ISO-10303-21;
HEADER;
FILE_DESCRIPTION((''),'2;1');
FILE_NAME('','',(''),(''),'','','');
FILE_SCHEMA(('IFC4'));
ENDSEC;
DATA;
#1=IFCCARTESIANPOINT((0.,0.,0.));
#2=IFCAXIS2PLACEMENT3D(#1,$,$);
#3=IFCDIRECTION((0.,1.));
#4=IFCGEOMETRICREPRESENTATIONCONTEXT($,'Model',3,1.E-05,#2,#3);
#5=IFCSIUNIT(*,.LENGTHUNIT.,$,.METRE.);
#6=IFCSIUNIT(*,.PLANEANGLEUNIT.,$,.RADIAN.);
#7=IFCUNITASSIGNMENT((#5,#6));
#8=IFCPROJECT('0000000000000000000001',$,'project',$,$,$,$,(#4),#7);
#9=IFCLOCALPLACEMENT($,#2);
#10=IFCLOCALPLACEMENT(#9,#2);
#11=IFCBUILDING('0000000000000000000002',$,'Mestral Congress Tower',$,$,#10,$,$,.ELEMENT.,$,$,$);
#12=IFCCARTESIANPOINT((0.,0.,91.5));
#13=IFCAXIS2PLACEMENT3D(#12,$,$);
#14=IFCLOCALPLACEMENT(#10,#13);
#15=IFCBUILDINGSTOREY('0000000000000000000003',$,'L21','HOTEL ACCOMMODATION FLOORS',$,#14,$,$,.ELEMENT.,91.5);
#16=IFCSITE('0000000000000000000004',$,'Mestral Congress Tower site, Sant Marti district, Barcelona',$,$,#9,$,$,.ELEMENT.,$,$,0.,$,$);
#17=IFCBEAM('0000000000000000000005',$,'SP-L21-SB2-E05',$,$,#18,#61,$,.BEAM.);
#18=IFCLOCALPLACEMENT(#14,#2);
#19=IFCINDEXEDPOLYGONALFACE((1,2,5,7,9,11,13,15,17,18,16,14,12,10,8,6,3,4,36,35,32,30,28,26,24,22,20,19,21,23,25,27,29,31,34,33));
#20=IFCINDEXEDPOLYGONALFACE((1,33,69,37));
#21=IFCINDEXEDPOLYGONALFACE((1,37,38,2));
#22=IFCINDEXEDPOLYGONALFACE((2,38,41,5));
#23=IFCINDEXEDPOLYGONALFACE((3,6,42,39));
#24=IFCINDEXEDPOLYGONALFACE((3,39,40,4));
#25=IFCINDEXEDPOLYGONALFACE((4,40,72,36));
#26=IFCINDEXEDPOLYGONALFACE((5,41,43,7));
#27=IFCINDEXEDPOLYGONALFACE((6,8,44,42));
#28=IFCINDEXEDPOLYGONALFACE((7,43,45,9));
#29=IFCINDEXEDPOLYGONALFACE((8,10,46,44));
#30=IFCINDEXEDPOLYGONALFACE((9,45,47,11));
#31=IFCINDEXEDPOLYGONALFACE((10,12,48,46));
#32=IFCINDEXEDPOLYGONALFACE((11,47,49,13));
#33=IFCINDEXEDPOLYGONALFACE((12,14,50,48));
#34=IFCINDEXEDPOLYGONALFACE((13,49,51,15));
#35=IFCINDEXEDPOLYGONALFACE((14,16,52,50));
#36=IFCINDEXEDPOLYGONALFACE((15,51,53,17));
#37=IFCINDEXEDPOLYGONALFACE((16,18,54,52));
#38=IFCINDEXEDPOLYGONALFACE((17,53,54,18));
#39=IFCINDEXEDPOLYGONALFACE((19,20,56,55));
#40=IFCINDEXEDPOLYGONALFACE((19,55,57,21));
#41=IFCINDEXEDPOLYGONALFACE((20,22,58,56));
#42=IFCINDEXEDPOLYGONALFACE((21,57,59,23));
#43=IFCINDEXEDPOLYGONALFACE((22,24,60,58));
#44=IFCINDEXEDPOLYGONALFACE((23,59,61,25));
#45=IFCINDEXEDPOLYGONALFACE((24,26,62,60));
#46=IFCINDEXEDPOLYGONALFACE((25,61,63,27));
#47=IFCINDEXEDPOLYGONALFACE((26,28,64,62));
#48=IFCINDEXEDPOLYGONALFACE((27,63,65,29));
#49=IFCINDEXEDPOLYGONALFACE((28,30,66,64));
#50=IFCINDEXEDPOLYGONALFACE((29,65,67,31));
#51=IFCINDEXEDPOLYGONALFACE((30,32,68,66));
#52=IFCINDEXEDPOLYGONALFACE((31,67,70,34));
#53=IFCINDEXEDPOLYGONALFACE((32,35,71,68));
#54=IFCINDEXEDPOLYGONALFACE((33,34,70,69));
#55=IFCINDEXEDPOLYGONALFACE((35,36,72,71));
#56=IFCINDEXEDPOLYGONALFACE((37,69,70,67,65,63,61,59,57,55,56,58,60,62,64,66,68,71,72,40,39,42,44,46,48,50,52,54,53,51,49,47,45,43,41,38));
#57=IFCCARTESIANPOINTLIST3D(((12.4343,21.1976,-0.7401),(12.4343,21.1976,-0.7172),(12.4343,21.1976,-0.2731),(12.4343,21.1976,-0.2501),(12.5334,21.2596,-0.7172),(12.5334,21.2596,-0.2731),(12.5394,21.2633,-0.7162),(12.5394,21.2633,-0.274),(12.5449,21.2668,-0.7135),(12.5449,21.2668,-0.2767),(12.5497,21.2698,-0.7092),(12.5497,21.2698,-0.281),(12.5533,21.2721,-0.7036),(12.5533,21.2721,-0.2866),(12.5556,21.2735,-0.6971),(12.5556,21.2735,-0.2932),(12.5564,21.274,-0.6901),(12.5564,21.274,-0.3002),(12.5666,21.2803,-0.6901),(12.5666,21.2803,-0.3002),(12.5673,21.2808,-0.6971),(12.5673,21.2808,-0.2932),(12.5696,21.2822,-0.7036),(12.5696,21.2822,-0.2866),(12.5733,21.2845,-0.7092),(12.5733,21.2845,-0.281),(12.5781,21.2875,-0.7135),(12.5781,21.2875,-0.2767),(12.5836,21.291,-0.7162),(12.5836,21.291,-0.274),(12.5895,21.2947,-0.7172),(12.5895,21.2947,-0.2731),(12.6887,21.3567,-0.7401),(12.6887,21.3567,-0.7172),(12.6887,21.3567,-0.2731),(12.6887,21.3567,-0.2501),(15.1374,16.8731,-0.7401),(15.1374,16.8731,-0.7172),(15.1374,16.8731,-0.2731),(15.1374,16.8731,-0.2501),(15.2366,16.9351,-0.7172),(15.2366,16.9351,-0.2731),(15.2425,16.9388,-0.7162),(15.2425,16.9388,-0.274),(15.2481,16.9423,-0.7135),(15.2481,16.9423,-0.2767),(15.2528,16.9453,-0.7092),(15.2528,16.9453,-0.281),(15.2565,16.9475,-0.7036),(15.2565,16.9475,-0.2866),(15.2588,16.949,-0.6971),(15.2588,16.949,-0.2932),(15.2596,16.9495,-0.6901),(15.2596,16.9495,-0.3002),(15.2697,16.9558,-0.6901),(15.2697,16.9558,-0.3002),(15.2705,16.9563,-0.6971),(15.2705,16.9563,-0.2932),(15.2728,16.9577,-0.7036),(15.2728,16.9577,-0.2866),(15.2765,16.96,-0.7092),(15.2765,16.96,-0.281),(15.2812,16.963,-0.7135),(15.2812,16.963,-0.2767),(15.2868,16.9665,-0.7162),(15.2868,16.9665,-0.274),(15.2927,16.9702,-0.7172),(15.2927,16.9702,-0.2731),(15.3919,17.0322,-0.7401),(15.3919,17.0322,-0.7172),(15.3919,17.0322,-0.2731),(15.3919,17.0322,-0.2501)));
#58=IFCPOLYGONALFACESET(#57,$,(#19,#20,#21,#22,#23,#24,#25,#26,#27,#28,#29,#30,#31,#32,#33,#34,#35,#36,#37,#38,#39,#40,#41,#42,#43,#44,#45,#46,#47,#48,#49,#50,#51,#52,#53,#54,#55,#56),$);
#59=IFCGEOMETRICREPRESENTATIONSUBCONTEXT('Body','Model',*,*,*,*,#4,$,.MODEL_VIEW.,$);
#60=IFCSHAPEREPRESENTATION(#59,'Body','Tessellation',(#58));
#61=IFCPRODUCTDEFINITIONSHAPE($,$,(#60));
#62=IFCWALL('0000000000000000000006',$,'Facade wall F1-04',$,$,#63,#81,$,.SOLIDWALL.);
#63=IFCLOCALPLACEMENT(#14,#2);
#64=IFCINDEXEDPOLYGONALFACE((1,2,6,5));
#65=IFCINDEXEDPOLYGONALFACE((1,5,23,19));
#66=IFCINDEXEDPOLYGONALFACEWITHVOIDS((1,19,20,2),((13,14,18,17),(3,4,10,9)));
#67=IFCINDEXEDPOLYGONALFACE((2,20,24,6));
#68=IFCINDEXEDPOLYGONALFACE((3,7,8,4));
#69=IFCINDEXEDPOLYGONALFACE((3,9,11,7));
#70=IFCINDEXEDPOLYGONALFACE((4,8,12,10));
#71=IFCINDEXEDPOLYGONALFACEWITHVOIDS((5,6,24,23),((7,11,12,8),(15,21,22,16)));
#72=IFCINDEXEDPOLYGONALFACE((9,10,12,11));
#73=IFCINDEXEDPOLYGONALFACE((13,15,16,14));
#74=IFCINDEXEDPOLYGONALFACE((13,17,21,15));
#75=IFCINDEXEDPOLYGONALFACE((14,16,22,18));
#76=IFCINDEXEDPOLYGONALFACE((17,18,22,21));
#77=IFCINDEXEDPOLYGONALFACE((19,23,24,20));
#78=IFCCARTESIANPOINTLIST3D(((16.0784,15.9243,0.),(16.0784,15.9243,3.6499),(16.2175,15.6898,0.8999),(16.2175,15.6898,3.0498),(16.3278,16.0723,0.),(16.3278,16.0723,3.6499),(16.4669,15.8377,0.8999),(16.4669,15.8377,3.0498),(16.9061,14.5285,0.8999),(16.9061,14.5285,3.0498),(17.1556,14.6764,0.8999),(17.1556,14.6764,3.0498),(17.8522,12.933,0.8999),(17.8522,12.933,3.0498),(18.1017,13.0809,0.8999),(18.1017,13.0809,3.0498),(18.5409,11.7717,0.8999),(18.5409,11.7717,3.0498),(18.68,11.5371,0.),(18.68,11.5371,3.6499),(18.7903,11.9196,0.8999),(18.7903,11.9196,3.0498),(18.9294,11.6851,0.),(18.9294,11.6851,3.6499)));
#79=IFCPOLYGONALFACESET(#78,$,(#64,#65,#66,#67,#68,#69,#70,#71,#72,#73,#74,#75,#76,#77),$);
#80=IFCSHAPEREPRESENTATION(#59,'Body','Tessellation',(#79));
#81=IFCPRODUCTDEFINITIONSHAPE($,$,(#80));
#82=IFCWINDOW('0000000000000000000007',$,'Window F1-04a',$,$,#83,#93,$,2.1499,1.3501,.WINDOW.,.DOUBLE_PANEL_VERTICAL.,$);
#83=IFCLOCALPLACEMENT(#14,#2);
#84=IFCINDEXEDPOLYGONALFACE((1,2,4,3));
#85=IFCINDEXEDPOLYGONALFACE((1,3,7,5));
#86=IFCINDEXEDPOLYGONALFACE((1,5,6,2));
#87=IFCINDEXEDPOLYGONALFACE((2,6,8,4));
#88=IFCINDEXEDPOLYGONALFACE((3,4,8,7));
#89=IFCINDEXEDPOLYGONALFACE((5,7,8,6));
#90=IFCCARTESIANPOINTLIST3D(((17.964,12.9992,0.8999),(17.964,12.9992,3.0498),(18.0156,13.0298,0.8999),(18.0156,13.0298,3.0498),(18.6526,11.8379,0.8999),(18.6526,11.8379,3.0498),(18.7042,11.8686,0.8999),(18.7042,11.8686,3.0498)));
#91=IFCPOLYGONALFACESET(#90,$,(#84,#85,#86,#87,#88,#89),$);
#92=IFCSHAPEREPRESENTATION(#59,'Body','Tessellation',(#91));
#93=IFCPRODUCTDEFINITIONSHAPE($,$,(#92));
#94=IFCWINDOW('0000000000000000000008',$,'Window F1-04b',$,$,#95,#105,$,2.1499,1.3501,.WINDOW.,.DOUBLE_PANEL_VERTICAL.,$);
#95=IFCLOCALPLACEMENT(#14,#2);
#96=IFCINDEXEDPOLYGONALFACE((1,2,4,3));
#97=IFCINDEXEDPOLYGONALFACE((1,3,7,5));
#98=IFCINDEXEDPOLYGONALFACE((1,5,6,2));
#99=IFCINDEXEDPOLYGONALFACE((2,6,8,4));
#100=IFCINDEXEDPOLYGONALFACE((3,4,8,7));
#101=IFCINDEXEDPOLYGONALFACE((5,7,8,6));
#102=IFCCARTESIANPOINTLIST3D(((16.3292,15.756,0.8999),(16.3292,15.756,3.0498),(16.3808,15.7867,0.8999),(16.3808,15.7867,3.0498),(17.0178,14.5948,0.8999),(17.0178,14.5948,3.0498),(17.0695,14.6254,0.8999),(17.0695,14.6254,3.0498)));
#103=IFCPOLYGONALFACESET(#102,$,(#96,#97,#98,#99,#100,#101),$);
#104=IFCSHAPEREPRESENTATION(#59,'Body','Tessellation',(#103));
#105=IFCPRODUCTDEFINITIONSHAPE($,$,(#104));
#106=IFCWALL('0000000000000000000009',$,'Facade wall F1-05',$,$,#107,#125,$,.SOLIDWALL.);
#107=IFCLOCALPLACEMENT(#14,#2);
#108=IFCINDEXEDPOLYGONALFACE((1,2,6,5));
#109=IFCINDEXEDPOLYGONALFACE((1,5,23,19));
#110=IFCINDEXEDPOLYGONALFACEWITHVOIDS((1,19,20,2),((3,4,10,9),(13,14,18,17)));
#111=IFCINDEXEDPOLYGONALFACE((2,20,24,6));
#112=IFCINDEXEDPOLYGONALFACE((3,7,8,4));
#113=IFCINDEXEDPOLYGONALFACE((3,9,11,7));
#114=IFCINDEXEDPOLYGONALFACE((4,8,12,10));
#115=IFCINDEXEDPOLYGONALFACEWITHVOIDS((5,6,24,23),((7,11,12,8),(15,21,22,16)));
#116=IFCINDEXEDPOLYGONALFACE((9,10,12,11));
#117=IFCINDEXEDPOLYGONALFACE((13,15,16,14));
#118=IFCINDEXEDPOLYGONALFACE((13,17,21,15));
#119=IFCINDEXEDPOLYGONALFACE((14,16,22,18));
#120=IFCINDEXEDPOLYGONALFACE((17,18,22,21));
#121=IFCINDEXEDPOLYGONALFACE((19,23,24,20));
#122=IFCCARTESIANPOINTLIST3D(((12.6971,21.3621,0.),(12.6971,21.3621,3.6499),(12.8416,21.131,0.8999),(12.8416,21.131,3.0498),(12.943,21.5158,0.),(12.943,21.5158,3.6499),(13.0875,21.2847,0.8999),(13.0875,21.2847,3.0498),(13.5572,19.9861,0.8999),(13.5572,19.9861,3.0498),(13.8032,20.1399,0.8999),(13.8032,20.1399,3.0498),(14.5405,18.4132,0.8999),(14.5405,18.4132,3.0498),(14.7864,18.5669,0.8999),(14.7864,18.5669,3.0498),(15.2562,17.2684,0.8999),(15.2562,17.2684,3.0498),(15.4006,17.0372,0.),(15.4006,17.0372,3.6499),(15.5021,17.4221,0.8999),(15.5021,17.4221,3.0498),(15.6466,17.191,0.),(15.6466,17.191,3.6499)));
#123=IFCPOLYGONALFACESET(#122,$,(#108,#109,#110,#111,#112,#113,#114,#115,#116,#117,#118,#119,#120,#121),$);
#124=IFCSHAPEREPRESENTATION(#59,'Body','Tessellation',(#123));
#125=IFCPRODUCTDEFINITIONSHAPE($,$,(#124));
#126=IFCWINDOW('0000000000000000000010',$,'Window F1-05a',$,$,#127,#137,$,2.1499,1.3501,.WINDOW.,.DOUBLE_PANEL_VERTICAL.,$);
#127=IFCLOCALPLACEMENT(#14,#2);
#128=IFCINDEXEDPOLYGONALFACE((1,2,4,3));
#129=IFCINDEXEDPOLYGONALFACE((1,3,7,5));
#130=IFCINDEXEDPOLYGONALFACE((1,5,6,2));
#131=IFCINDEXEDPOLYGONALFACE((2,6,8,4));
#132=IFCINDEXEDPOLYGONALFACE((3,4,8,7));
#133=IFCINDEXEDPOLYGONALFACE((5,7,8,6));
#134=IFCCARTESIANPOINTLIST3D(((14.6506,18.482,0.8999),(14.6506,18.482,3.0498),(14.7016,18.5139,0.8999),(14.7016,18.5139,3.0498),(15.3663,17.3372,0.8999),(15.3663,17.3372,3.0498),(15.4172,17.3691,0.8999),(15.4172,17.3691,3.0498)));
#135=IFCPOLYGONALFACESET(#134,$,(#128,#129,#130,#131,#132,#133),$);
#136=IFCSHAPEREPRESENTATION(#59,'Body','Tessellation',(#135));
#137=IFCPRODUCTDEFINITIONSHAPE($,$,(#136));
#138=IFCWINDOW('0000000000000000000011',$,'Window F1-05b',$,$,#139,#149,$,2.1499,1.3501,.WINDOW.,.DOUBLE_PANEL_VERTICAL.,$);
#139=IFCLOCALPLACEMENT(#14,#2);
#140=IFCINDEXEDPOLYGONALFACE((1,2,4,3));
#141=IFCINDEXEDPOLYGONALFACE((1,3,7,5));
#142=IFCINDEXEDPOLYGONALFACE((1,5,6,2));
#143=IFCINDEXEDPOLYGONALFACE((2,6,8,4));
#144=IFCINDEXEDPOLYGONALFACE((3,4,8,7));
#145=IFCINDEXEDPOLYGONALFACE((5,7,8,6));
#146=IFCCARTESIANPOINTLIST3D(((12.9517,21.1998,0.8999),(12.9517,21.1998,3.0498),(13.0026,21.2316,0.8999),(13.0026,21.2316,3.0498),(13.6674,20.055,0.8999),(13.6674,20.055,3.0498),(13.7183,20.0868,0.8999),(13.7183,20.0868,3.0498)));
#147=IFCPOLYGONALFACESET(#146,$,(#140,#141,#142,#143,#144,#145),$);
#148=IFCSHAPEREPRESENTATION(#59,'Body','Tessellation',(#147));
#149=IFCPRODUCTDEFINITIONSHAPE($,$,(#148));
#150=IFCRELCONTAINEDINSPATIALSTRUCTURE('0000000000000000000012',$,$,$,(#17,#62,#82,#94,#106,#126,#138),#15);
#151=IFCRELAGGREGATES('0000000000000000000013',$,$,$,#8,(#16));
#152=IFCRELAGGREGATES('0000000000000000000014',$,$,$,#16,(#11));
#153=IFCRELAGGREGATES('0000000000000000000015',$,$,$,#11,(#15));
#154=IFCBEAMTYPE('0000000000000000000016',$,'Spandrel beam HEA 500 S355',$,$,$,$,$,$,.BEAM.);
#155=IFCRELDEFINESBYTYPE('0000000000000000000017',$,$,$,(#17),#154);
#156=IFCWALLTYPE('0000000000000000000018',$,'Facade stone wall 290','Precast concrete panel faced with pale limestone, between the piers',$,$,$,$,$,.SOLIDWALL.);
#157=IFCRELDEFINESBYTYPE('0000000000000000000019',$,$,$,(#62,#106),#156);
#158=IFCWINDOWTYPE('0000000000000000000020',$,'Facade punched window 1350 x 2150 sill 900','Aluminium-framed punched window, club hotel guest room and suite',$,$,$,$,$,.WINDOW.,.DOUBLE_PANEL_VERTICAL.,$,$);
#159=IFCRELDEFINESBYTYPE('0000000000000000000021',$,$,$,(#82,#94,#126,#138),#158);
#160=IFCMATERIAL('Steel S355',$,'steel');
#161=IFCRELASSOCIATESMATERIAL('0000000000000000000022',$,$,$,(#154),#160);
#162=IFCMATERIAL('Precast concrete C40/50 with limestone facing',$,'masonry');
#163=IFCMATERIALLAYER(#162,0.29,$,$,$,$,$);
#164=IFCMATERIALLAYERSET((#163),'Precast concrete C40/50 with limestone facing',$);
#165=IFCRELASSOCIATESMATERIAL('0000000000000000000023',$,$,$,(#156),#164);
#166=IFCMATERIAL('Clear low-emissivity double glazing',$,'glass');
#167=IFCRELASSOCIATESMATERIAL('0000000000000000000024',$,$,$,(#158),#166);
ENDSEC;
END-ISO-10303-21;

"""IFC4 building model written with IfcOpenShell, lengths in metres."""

from ifc_helpers import new_model, si_unit, direction, frame, frame_2d, origin, origin_2d, place, context, subcontext, project, spatial, rectangle, i_section, extrude, material, layer, layer_set, material_profile, profile_set, type_object, element, fill, save


model = new_model("IFC4")

# Units and contexts
model_context = context("Model", 3, precision=1e-05, world=origin(), true_north=direction((0.0, 1.0)))
body_context = subcontext(model_context, "Body", "Model", "MODEL_VIEW")
ifc_project = project(units=[si_unit("LENGTHUNIT", "METRE"), si_unit("PLANEANGLEUNIT", "RADIAN")], contexts=[model_context])

# Site, building, storey
site_placement = place(None, origin())
site = spatial("IfcSite", under=ifc_project, at=site_placement, Name="Mestral Congress Tower site, Sant Marti district, Barcelona", CompositionType="ELEMENT", RefElevation=0.0)
building_placement = place(site_placement, origin())
building = spatial("IfcBuilding", under=site, at=building_placement, Name="Mestral Congress Tower", CompositionType="ELEMENT")
storey_placement = place(building_placement, frame((0.0, 0.0, 91.5)))
storey = spatial("IfcBuildingStorey", under=building, at=storey_placement, Name="L21", Description="HOTEL ACCOMMODATION FLOORS", CompositionType="ELEMENT", Elevation=91.5)

# Beam
ifc_material_1 = material(Name="Steel S355", Category="steel")
ifc_material_profile_1 = material_profile(ifc_material_1, i_section(OverallWidth=0.3, OverallDepth=0.49, WebThickness=0.012, FlangeThickness=0.0229, FilletRadius=0.0271, at=origin_2d()), Name="HEA 500")
ifc_profile_set_1 = profile_set([ifc_material_profile_1], Name="Steel S355")
beam_type_1 = type_object("IfcBeamType", Name="Spandrel beam HEA 500 S355", PredefinedType="BEAM", material=ifc_profile_set_1)
for number, where, z_axis, x_axis, name in (
    (1, (15.2646, 16.9526, -0.4951), (-0.530046, 0.847969, 0.0), (-0.847969, -0.530046, 0.0), "SP-L21-SB2-E05"),
):
    element("IfcBeam", number, at=place(storey_placement, frame(where, z_axis=z_axis, x_axis=x_axis)), inside=storey, type_object=beam_type_1, Name=name, PredefinedType="BEAM", context=body_context, shape_type="SweptSolid", body=[
        extrude(i_section(OverallWidth=0.3, OverallDepth=0.49, WebThickness=0.012, FlangeThickness=0.0229, FilletRadius=0.0271, at=origin_2d()), origin(), (0.0, 0.0, 1.0), 5.0999),
    ])

# Walls, openings, windows
ifc_material_2 = material(Name="Precast concrete C40/50 with limestone facing", Category="masonry")
ifc_layer_1 = layer(ifc_material_2, 0.29)
ifc_layer_set_1 = layer_set([ifc_layer_1], Name="Precast concrete C40/50 with limestone facing")
wall_type_1 = type_object("IfcWallType", Name="Facade stone wall 290", Description="Precast concrete panel faced with pale limestone, between the piers", PredefinedType="SOLIDWALL", material=ifc_layer_set_1)
wall_1_placement = place(storey_placement, frame((18.8047, 11.6111, 0.0), z_axis=(0.0, 0.0, 1.0), x_axis=(-0.510054, 0.860142, 0.0)))
wall_1 = element("IfcWall", 2, at=wall_1_placement, inside=storey, type_object=wall_type_1, Name="Facade wall F1-04", PredefinedType="SOLIDWALL", context=body_context, shape_type="SweptSolid", body=[
    extrude(rectangle(XDim=5.1006, YDim=0.29, at=frame_2d((2.5503, 0.0))), origin(), (0.0, 0.0, 1.0), 3.6499),
])
opening_1_placement = place(wall_1_placement, frame((0.2727, 0.0, 0.8999)))
opening_1 = element("IfcOpeningElement", 3, at=opening_1_placement, cuts=wall_1, PredefinedType="OPENING", context=body_context, shape_type="SweptSolid", body=[
    extrude(rectangle(XDim=1.3501, YDim=2.1499, at=frame_2d((0.675, 1.075))), frame((0.0, 0.155, 0.0), z_axis=(0.0, -1.0, 0.0), x_axis=(1.0, 0.0, 0.0)), (0.0, 0.0, 1.0), 0.3101),
])
opening_2_placement = place(wall_1_placement, frame((3.4778, 0.0, 0.8999)))
opening_2 = element("IfcOpeningElement", 4, at=opening_2_placement, cuts=wall_1, PredefinedType="OPENING", context=body_context, shape_type="SweptSolid", body=[
    extrude(rectangle(XDim=1.3501, YDim=2.1499, at=frame_2d((0.675, 1.075))), frame((0.0, 0.155, 0.0), z_axis=(0.0, -1.0, 0.0), x_axis=(1.0, 0.0, 0.0)), (0.0, 0.0, 1.0), 0.3101),
])
ifc_material_3 = material(Name="Clear low-emissivity double glazing", Category="glass")
window_type = type_object("IfcWindowType", Name="Facade punched window 1350 x 2150 sill 900", Description="Aluminium-framed punched window, club hotel guest room and suite", PartitioningType="DOUBLE_PANEL_VERTICAL", PredefinedType="WINDOW", material=ifc_material_3)
window_1_placement = place(opening_1_placement, origin())
window_1 = element("IfcWindow", 5, at=window_1_placement, inside=storey, type_object=window_type, Name="Window F1-04a", OverallHeight=2.1499, OverallWidth=1.3501, PartitioningType="DOUBLE_PANEL_VERTICAL", PredefinedType="WINDOW", context=body_context, shape_type="SweptSolid", body=[
    extrude(rectangle(XDim=1.3501, YDim=2.1499, at=frame_2d((0.675, 1.075))), frame((0.0, 0.0151, 0.0), z_axis=(0.0, -1.0, 0.0), x_axis=(1.0, 0.0, 0.0)), (0.0, 0.0, 1.0), 0.0601),
])
fill(opening_1, window_1)
window_2_placement = place(opening_2_placement, origin())
window_2 = element("IfcWindow", 6, at=window_2_placement, inside=storey, type_object=window_type, Name="Window F1-04b", OverallHeight=2.1499, OverallWidth=1.3501, PartitioningType="DOUBLE_PANEL_VERTICAL", PredefinedType="WINDOW", context=body_context, shape_type="SweptSolid", body=[
    extrude(rectangle(XDim=1.3501, YDim=2.1499, at=frame_2d((0.675, 1.075))), frame((0.0, 0.0151, 0.0), z_axis=(0.0, -1.0, 0.0), x_axis=(1.0, 0.0, 0.0)), (0.0, 0.0, 1.0), 0.0601),
])
fill(opening_2, window_2)
wall_2_placement = place(storey_placement, frame((15.5237, 17.114, 0.0), z_axis=(0.0, 0.0, 1.0), x_axis=(-0.530072, 0.847953, 0.0)))
wall_2 = element("IfcWall", 7, at=wall_2_placement, inside=storey, type_object=wall_type_1, Name="Facade wall F1-05", PredefinedType="SOLIDWALL", context=body_context, shape_type="SweptSolid", body=[
    extrude(rectangle(XDim=5.1003, YDim=0.29, at=frame_2d((2.5503, 0.0))), origin(), (0.0, 0.0, 1.0), 3.6499),
])
opening_3_placement = place(wall_2_placement, frame((0.2727, 0.0, 0.8999)))
opening_3 = element("IfcOpeningElement", 8, at=opening_3_placement, cuts=wall_2, PredefinedType="OPENING", context=body_context, shape_type="SweptSolid", body=[
    extrude(rectangle(XDim=1.3501, YDim=2.1499, at=frame_2d((0.675, 1.075))), frame((0.0, 0.155, 0.0), z_axis=(0.0, -1.0, 0.0), x_axis=(1.0, 0.0, 0.0)), (0.0, 0.0, 1.0), 0.3101),
])
opening_4_placement = place(wall_2_placement, frame((3.4778, 0.0, 0.8999)))
opening_4 = element("IfcOpeningElement", 9, at=opening_4_placement, cuts=wall_2, PredefinedType="OPENING", context=body_context, shape_type="SweptSolid", body=[
    extrude(rectangle(XDim=1.3501, YDim=2.1499, at=frame_2d((0.675, 1.075))), frame((0.0, 0.155, 0.0), z_axis=(0.0, -1.0, 0.0), x_axis=(1.0, 0.0, 0.0)), (0.0, 0.0, 1.0), 0.3101),
])
window_3_placement = place(opening_3_placement, origin())
window_3 = element("IfcWindow", 10, at=window_3_placement, inside=storey, type_object=window_type, Name="Window F1-05a", OverallHeight=2.1499, OverallWidth=1.3501, PartitioningType="DOUBLE_PANEL_VERTICAL", PredefinedType="WINDOW", context=body_context, shape_type="SweptSolid", body=[
    extrude(rectangle(XDim=1.3501, YDim=2.1499, at=frame_2d((0.675, 1.075))), frame((0.0, 0.0151, 0.0), z_axis=(0.0, -1.0, 0.0), x_axis=(1.0, 0.0, 0.0)), (0.0, 0.0, 1.0), 0.0601),
])
fill(opening_3, window_3)
window_4_placement = place(opening_4_placement, origin())
window_4 = element("IfcWindow", 11, at=window_4_placement, inside=storey, type_object=window_type, Name="Window F1-05b", OverallHeight=2.1499, OverallWidth=1.3501, PartitioningType="DOUBLE_PANEL_VERTICAL", PredefinedType="WINDOW", context=body_context, shape_type="SweptSolid", body=[
    extrude(rectangle(XDim=1.3501, YDim=2.1499, at=frame_2d((0.675, 1.075))), frame((0.0, 0.0151, 0.0), z_axis=(0.0, -1.0, 0.0), x_axis=(1.0, 0.0, 0.0)), (0.0, 0.0, 1.0), 0.0601),
])
fill(opening_4, window_4)

save(model, "model.ifc")
